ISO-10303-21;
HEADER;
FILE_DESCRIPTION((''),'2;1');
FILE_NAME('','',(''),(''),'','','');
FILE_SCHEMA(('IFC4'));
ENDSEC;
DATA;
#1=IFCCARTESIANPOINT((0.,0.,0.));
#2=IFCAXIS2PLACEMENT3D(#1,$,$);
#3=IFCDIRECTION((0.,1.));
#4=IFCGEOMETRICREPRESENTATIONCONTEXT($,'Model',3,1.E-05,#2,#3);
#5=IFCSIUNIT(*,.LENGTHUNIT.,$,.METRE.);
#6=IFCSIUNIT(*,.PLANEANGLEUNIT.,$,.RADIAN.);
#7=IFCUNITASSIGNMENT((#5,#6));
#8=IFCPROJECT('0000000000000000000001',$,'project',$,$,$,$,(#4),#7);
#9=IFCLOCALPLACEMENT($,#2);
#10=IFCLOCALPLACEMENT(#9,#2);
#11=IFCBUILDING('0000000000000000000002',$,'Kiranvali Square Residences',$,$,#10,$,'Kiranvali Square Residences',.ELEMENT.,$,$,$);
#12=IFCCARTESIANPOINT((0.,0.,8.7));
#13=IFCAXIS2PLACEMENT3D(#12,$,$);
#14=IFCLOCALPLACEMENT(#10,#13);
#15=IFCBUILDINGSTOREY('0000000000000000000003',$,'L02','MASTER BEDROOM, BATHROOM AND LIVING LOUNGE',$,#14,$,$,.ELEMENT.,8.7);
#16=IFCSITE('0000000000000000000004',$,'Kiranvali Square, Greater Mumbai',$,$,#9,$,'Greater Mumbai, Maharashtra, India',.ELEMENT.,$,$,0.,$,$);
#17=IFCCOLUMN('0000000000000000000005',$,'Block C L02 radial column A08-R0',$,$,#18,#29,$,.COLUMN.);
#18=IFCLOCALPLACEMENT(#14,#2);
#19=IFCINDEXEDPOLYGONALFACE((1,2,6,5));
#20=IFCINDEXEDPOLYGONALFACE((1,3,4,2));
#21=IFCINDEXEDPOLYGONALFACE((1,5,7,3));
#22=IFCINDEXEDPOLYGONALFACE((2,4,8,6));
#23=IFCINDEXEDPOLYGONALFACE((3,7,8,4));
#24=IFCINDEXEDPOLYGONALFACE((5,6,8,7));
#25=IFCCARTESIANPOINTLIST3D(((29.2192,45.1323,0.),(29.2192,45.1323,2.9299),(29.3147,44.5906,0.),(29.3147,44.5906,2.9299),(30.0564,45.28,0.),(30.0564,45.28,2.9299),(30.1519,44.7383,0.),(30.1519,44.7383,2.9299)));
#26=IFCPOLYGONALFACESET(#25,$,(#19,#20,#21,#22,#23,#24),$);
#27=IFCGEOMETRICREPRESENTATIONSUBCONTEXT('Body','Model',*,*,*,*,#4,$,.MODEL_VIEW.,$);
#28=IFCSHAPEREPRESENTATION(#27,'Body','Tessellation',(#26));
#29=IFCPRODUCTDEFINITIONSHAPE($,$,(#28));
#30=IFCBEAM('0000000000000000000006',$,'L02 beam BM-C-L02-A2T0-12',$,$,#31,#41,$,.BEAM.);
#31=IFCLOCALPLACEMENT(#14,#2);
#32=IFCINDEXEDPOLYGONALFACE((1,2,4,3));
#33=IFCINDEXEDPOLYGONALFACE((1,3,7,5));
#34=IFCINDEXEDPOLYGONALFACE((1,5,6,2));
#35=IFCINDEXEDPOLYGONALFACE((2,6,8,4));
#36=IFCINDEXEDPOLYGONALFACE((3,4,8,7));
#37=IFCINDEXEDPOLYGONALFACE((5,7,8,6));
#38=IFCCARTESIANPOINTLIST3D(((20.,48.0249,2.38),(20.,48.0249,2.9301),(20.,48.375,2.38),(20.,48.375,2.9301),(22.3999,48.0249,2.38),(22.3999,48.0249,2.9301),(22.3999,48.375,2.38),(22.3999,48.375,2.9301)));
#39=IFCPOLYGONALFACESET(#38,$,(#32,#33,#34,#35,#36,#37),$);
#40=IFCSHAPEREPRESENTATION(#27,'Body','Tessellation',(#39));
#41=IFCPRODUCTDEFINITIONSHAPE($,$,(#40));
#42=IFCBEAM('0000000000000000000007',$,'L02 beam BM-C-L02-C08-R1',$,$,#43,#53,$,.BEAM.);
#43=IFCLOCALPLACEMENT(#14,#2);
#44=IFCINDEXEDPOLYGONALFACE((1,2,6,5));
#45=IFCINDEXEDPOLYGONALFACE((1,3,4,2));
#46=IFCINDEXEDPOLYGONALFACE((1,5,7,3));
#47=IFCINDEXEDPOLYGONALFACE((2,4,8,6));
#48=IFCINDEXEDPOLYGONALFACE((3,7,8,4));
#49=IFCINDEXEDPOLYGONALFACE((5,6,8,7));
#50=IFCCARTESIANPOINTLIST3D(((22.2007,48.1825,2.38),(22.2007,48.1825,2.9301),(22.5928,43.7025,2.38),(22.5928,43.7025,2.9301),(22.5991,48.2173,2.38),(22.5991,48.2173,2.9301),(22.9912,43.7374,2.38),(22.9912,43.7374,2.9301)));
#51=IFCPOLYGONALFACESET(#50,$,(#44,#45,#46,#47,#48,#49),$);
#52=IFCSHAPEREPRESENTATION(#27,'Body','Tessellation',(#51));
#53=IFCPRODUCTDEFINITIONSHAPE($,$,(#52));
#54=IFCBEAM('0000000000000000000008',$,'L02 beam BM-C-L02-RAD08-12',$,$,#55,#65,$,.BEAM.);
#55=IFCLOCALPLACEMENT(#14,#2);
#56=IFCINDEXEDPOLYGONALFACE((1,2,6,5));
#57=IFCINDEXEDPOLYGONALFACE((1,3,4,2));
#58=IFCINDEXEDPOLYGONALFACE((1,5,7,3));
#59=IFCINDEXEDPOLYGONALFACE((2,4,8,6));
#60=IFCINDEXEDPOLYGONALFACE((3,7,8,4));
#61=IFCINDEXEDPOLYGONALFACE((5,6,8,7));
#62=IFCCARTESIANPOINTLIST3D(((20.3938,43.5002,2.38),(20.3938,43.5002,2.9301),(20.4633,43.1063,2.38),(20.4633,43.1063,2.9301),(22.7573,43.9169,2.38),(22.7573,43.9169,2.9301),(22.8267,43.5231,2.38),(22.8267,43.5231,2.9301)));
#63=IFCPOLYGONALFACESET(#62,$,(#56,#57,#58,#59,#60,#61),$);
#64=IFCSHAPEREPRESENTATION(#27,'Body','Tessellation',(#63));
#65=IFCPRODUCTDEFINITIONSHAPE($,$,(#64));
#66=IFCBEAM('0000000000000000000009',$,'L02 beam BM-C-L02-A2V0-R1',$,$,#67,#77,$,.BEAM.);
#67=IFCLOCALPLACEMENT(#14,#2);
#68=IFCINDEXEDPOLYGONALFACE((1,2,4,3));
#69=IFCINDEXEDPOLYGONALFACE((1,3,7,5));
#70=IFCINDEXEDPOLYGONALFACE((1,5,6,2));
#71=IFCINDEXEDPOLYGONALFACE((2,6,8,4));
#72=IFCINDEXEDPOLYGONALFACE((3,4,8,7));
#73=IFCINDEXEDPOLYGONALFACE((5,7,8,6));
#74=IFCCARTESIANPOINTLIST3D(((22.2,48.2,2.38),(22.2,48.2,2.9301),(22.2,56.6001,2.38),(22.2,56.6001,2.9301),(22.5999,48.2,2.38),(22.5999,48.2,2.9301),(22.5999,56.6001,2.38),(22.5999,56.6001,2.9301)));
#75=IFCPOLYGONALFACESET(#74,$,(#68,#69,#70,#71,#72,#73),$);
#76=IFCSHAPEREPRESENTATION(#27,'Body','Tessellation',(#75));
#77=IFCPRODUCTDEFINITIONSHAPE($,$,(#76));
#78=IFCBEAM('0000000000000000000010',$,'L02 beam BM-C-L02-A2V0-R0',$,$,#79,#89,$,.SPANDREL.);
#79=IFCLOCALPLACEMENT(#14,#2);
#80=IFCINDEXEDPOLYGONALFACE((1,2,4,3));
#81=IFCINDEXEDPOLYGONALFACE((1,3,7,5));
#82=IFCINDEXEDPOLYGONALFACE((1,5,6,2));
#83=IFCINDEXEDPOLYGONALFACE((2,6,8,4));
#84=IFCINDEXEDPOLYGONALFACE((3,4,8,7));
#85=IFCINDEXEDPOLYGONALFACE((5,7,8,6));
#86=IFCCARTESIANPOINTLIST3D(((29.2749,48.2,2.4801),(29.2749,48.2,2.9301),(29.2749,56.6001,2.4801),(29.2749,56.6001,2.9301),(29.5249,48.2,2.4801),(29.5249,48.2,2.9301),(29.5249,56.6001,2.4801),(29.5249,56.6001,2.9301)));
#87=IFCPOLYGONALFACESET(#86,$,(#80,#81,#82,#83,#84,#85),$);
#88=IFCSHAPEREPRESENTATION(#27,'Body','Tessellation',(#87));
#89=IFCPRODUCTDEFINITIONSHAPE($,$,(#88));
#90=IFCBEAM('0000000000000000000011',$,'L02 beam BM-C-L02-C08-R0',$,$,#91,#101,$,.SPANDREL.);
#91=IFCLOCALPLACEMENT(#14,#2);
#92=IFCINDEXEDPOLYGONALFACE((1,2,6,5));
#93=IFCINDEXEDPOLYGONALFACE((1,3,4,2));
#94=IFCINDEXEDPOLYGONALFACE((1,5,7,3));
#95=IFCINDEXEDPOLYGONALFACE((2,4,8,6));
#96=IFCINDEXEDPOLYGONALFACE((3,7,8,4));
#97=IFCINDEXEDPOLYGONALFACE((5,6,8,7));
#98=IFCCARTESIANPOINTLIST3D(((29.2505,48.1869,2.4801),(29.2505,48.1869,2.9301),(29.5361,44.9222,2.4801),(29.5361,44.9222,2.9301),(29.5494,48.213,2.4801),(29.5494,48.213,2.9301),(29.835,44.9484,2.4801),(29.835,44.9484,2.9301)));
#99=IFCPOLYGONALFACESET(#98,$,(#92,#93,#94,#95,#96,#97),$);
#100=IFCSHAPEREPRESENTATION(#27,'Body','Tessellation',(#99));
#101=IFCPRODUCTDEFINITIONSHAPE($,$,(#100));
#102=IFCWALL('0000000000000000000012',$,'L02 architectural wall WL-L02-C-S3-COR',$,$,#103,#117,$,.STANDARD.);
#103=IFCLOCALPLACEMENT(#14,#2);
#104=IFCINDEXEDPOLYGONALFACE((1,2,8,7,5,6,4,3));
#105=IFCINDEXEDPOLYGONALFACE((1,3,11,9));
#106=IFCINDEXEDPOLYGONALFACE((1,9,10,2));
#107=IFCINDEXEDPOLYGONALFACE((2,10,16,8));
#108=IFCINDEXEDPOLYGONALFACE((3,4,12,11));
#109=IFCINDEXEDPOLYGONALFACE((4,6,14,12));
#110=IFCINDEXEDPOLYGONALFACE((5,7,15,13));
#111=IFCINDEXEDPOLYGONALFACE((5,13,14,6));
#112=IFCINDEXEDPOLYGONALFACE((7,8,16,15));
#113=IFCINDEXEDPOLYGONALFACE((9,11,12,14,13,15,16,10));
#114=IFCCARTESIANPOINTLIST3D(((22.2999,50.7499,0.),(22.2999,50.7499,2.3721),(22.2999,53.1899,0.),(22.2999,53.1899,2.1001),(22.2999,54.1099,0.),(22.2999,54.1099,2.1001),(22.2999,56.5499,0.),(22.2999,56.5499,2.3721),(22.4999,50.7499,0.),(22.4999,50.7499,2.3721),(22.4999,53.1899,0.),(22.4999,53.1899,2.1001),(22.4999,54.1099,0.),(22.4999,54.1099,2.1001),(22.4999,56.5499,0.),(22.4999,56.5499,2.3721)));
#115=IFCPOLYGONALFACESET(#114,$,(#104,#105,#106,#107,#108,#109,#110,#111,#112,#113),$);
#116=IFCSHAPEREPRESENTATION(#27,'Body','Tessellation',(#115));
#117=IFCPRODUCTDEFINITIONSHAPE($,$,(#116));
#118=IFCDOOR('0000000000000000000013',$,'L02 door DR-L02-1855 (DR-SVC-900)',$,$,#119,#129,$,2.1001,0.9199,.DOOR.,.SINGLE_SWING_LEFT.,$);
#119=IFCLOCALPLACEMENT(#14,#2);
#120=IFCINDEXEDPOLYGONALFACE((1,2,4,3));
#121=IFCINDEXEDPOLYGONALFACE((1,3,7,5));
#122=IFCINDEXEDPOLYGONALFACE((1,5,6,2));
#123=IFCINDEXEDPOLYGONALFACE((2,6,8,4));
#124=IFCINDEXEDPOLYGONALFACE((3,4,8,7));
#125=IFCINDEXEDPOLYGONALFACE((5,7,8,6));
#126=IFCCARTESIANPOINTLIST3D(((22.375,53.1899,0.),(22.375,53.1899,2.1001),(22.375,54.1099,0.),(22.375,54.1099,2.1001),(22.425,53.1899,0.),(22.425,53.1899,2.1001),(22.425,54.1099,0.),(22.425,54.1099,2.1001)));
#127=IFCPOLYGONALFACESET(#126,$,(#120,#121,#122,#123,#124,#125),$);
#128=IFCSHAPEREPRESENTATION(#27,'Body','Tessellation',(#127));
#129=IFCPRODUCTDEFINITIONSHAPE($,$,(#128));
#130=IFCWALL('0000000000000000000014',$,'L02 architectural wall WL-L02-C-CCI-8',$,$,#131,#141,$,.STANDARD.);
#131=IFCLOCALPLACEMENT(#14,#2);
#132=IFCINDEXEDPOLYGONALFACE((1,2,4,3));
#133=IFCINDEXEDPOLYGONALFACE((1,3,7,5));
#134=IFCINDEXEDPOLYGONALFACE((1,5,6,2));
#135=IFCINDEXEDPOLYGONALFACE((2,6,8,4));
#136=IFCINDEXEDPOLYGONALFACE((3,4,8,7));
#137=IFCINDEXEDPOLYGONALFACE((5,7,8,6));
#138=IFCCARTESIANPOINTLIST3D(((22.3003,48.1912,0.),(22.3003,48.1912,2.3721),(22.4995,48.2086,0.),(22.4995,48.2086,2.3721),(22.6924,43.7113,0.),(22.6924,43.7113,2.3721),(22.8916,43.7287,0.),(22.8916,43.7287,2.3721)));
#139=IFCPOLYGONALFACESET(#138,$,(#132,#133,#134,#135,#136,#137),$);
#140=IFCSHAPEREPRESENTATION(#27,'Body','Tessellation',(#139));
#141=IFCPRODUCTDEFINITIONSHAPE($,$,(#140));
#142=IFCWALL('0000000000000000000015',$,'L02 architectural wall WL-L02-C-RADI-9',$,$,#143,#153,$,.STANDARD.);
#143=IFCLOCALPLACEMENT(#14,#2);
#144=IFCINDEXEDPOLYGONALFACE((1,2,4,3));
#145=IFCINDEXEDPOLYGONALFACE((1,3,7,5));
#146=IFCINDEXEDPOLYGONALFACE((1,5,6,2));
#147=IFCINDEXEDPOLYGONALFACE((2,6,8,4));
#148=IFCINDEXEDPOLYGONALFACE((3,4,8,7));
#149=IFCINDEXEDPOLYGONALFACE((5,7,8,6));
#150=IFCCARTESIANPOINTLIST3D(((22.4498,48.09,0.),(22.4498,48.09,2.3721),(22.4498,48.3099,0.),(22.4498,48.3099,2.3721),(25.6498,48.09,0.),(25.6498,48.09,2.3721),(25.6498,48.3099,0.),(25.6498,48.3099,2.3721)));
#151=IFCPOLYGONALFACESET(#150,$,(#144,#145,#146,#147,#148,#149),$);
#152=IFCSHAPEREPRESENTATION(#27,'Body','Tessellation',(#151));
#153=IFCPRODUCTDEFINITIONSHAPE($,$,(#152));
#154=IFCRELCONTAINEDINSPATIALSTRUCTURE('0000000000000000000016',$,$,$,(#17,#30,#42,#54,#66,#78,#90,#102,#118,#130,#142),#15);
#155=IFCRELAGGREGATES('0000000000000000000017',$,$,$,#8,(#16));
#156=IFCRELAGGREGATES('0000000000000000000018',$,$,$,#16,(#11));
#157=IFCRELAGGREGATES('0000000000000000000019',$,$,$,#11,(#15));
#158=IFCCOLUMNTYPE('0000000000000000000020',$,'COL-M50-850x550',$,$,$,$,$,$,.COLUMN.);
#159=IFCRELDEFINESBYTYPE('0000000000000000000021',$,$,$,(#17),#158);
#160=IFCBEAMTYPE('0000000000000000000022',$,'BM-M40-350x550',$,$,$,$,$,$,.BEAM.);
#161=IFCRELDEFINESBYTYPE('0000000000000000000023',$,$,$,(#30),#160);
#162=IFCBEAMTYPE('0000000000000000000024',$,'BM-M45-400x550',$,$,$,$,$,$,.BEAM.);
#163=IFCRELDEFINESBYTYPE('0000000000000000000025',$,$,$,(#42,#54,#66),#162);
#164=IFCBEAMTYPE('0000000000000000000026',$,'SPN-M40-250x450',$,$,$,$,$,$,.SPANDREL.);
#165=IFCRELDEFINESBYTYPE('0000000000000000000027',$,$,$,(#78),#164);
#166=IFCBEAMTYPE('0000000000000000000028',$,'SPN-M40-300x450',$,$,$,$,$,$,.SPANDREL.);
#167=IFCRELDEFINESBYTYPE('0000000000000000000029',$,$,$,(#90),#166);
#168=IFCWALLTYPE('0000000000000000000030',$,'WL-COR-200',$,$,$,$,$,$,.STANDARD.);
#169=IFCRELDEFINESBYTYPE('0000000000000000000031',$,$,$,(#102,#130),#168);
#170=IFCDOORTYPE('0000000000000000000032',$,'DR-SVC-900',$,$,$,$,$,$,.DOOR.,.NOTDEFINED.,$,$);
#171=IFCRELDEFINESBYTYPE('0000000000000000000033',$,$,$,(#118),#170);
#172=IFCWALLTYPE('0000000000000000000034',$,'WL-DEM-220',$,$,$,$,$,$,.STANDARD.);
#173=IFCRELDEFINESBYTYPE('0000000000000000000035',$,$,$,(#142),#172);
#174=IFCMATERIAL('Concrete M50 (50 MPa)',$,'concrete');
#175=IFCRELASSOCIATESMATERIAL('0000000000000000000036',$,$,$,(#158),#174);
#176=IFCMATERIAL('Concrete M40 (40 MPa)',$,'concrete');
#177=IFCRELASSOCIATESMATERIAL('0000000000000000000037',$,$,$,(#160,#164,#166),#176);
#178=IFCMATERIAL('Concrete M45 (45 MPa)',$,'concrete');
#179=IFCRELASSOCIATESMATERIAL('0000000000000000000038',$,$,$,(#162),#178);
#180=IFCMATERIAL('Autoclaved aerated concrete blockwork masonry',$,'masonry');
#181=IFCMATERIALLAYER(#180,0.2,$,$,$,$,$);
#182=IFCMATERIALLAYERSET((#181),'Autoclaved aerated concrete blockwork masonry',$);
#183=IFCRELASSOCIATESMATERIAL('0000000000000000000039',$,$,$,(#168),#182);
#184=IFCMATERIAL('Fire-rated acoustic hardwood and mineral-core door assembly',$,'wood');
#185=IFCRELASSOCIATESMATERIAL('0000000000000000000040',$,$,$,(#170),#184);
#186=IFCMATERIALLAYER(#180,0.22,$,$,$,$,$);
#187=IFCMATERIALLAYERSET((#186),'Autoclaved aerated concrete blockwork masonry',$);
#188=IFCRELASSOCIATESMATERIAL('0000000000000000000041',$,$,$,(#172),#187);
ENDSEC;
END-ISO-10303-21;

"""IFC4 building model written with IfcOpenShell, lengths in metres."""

from ifc_helpers import new_model, si_unit, direction, frame, frame_2d, origin, origin_2d, place, context, subcontext, project, spatial, rectangle, extrude, material, layer, layer_set, material_profile, profile_set, type_object, element, fill, save


model = new_model("IFC4")

# Units and contexts
model_context = context("Model", 3, precision=1e-05, world=origin(), true_north=direction((0.0, 1.0)))
body_context = subcontext(model_context, "Body", "Model", "MODEL_VIEW")
ifc_project = project(units=[si_unit("LENGTHUNIT", "METRE"), si_unit("PLANEANGLEUNIT", "RADIAN")], contexts=[model_context])

# Site, building, storey
site_placement = place(None, origin())
site = spatial("IfcSite", under=ifc_project, at=site_placement, Name="Kiranvali Square, Greater Mumbai", LongName="Greater Mumbai, Maharashtra, India", CompositionType="ELEMENT", RefElevation=0.0)
building_placement = place(site_placement, origin())
building = spatial("IfcBuilding", under=site, at=building_placement, Name="Kiranvali Square Residences", LongName="Kiranvali Square Residences", CompositionType="ELEMENT")
storey_placement = place(building_placement, frame((0.0, 0.0, 8.7)))
storey = spatial("IfcBuildingStorey", under=building, at=storey_placement, Name="L02", Description="MASTER BEDROOM, BATHROOM AND LIVING LOUNGE", CompositionType="ELEMENT", Elevation=8.7)

# Column
ifc_material_1 = material(Name="Concrete M50 (50 MPa)", Category="concrete")
ifc_material_profile_1 = material_profile(ifc_material_1, rectangle(XDim=0.55, YDim=0.8501, at=origin_2d()), Name="RC 850x550")
ifc_profile_set_1 = profile_set([ifc_material_profile_1], Name="Concrete M50 (50 MPa)")
column_type = type_object("IfcColumnType", Name="COL-M50-850x550", PredefinedType="COLUMN", material=ifc_profile_set_1)
column_placement = place(storey_placement, frame((29.6855, 44.9353, 0.0), z_axis=(0.0, 0.0, 1.0), x_axis=(-0.173648, 0.984808, 0.0)))
element("IfcColumn", 1, at=column_placement, inside=storey, type_object=column_type, Name="Block C L02 radial column A08-R0", PredefinedType="COLUMN", context=body_context, shape_type="SweptSolid", body=[
    extrude(rectangle(XDim=0.55, YDim=0.8501, at=origin_2d()), origin(), (0.0, 0.0, 1.0), 2.9299),
])

# Beams
ifc_material_2 = material(Name="Concrete M40 (40 MPa)", Category="concrete")
ifc_material_profile_2 = material_profile(ifc_material_2, rectangle(XDim=0.3501, YDim=0.55, at=origin_2d()), Name="RC 350x550")
ifc_profile_set_2 = profile_set([ifc_material_profile_2], Name="Concrete M40 (40 MPa)")
beam_type_1 = type_object("IfcBeamType", Name="BM-M40-350x550", PredefinedType="BEAM", material=ifc_profile_set_2)
beam_1_placement = place(storey_placement, frame((22.3999, 48.2, 2.655), z_axis=(-1.0, 0.0, 0.0), x_axis=(0.0, -1.0, 0.0)))
element("IfcBeam", 2, at=beam_1_placement, inside=storey, type_object=beam_type_1, Name="L02 beam BM-C-L02-A2T0-12", PredefinedType="BEAM", context=body_context, shape_type="SweptSolid", body=[
    extrude(rectangle(XDim=0.3501, YDim=0.55, at=origin_2d()), origin(), (0.0, 0.0, 1.0), 2.3999),
])
ifc_material_3 = material(Name="Concrete M45 (45 MPa)", Category="concrete")
ifc_material_profile_3 = material_profile(ifc_material_3, rectangle(XDim=0.3999, YDim=0.55, at=origin_2d()), Name="RC 400x550")
ifc_profile_set_3 = profile_set([ifc_material_profile_3], Name="Concrete M45 (45 MPa)")
beam_type_2 = type_object("IfcBeamType", Name="BM-M45-400x550", PredefinedType="BEAM", material=ifc_profile_set_3)
beam_2_placement = place(storey_placement, frame((22.792, 43.72, 2.655), z_axis=(-0.087187, 0.996192, 0.0), x_axis=(-0.996192, -0.087187, 0.0)))
element("IfcBeam", 3, at=beam_2_placement, inside=storey, type_object=beam_type_2, Name="L02 beam BM-C-L02-C08-R1", PredefinedType="BEAM", context=body_context, shape_type="SweptSolid", body=[
    extrude(rectangle(XDim=0.3999, YDim=0.55, at=origin_2d()), origin(), (0.0, 0.0, 1.0), 4.4971),
])
beam_3_placement = place(storey_placement, frame((22.792, 43.72, 2.655), z_axis=(-0.984808, -0.173646, 0.0), x_axis=(0.173646, -0.984808, 0.0)))
element("IfcBeam", 4, at=beam_3_placement, inside=storey, type_object=beam_type_2, Name="L02 beam BM-C-L02-RAD08-12", PredefinedType="BEAM", context=body_context, shape_type="SweptSolid", body=[
    extrude(rectangle(XDim=0.3999, YDim=0.55, at=origin_2d()), origin(), (0.0, 0.0, 1.0), 2.3999),
])
beam_4_placement = place(storey_placement, frame((22.3999, 48.2, 2.655), z_axis=(0.0, 1.0, 0.0), x_axis=(-1.0, 0.0, 0.0)))
element("IfcBeam", 5, at=beam_4_placement, inside=storey, type_object=beam_type_2, Name="L02 beam BM-C-L02-A2V0-R1", PredefinedType="BEAM", context=body_context, shape_type="SweptSolid", body=[
    extrude(rectangle(XDim=0.3999, YDim=0.55, at=origin_2d()), origin(), (0.0, 0.0, 1.0), 8.4001),
])
ifc_material_profile_4 = material_profile(ifc_material_2, rectangle(XDim=0.25, YDim=0.45, at=origin_2d()), Name="RC 250x450")
ifc_profile_set_4 = profile_set([ifc_material_profile_4], Name="Concrete M40 (40 MPa)")
beam_type_3 = type_object("IfcBeamType", Name="SPN-M40-250x450", PredefinedType="SPANDREL", material=ifc_profile_set_4)
beam_5_placement = place(storey_placement, frame((29.3999, 48.2, 2.7051), z_axis=(0.0, 1.0, 0.0), x_axis=(-1.0, 0.0, 0.0)))
element("IfcBeam", 6, at=beam_5_placement, inside=storey, type_object=beam_type_3, Name="L02 beam BM-C-L02-A2V0-R0", PredefinedType="SPANDREL", context=body_context, shape_type="SweptSolid", body=[
    extrude(rectangle(XDim=0.25, YDim=0.45, at=origin_2d()), origin(), (0.0, 0.0, 1.0), 8.4001),
])
ifc_material_profile_5 = material_profile(ifc_material_2, rectangle(XDim=0.3, YDim=0.45, at=origin_2d()), Name="RC 300x450")
ifc_profile_set_5 = profile_set([ifc_material_profile_5], Name="Concrete M40 (40 MPa)")
beam_type_4 = type_object("IfcBeamType", Name="SPN-M40-300x450", PredefinedType="SPANDREL", material=ifc_profile_set_5)
beam_6_placement = place(storey_placement, frame((29.6855, 44.9353, 2.7051), z_axis=(-0.087163, 0.996194, 0.0), x_axis=(-0.996194, -0.087163, 0.0)))
element("IfcBeam", 7, at=beam_6_placement, inside=storey, type_object=beam_type_4, Name="L02 beam BM-C-L02-C08-R0", PredefinedType="SPANDREL", context=body_context, shape_type="SweptSolid", body=[
    extrude(rectangle(XDim=0.3, YDim=0.45, at=origin_2d()), origin(), (0.0, 0.0, 1.0), 3.2771),
])

# Wall, opening, door
ifc_material_4 = material(Name="Autoclaved aerated concrete blockwork masonry", Category="masonry")
ifc_layer_1 = layer(ifc_material_4, 0.2)
ifc_layer_set_1 = layer_set([ifc_layer_1], Name="Autoclaved aerated concrete blockwork masonry")
wall_type_1 = type_object("IfcWallType", Name="WL-COR-200", PredefinedType="STANDARD", material=ifc_layer_set_1)
ifc_material_5 = material(Name="Fire-rated acoustic hardwood and mineral-core door assembly", Category="wood")
wall_1_placement = place(storey_placement, frame((22.3999, 50.75, 0.0), z_axis=(0.0, 0.0, 1.0), x_axis=(0.0, 1.0, 0.0)))
wall_1 = element("IfcWall", 8, at=wall_1_placement, inside=storey, type_object=wall_type_1, Name="L02 architectural wall WL-L02-C-S3-COR", PredefinedType="STANDARD", context=body_context, shape_type="SweptSolid", body=[
    extrude(rectangle(XDim=5.8, YDim=0.2, at=frame_2d((2.8999, 0.0))), origin(), (0.0, 0.0, 1.0), 2.3721),
])
opening_1_placement = place(wall_1_placement, frame((2.4399, 0.0, 0.0)))
opening_1 = element("IfcOpeningElement", 9, at=opening_1_placement, cuts=wall_1, PredefinedType="OPENING", context=body_context, shape_type="SweptSolid", body=[
    extrude(rectangle(XDim=0.9199, YDim=2.1001, at=frame_2d((0.46, 1.05))), frame((0.0, 0.1099, 0.0), z_axis=(0.0, -1.0, 0.0), x_axis=(1.0, 0.0, 0.0)), (0.0, 0.0, 1.0), 0.22),
])
door_type_1 = type_object("IfcDoorType", Name="DR-SVC-900", OperationType="NOTDEFINED", PredefinedType="DOOR", material=ifc_material_5)
door_1_placement = place(opening_1_placement, origin())
door_1 = element("IfcDoor", 10, at=door_1_placement, inside=storey, type_object=door_type_1, Name="L02 door DR-L02-1855 (DR-SVC-900)", OperationType="SINGLE_SWING_LEFT", OverallHeight=2.1001, OverallWidth=0.9199, PredefinedType="DOOR", context=body_context, shape_type="SweptSolid", body=[
    extrude(rectangle(XDim=0.9199, YDim=2.1001, at=frame_2d((0.46, 1.05))), frame((0.0, 0.0249, 0.0), z_axis=(0.0, -1.0, 0.0), x_axis=(1.0, 0.0, 0.0)), (0.0, 0.0, 1.0), 0.05),
])
fill(opening_1, door_1)

# Walls
wall_2_placement = place(storey_placement, frame((22.792, 43.72, 0.0), z_axis=(0.0, 0.0, 1.0), x_axis=(-0.087187, 0.996192, 0.0)))
element("IfcWall", 11, at=wall_2_placement, inside=storey, type_object=wall_type_1, Name="L02 architectural wall WL-L02-C-CCI-8", PredefinedType="STANDARD", context=body_context, shape_type="SweptSolid", body=[
    extrude(rectangle(XDim=4.4971, YDim=0.2, at=frame_2d((2.2485, 0.0))), origin(), (0.0, 0.0, 1.0), 2.3721),
])
ifc_layer_2 = layer(ifc_material_4, 0.22)
ifc_layer_set_2 = layer_set([ifc_layer_2], Name="Autoclaved aerated concrete blockwork masonry")
wall_type_2 = type_object("IfcWallType", Name="WL-DEM-220", PredefinedType="STANDARD", material=ifc_layer_set_2)
wall_3_placement = place(storey_placement, frame((25.6499, 48.2, 0.0), z_axis=(0.0, 0.0, 1.0), x_axis=(-1.0, 0.0, 0.0)))
element("IfcWall", 12, at=wall_3_placement, inside=storey, type_object=wall_type_2, Name="L02 architectural wall WL-L02-C-RADI-9", PredefinedType="STANDARD", context=body_context, shape_type="SweptSolid", body=[
    extrude(rectangle(XDim=3.2, YDim=0.22, at=frame_2d((1.6001, 0.0))), origin(), (0.0, 0.0, 1.0), 2.3721),
])

save(model, "model.ifc")
